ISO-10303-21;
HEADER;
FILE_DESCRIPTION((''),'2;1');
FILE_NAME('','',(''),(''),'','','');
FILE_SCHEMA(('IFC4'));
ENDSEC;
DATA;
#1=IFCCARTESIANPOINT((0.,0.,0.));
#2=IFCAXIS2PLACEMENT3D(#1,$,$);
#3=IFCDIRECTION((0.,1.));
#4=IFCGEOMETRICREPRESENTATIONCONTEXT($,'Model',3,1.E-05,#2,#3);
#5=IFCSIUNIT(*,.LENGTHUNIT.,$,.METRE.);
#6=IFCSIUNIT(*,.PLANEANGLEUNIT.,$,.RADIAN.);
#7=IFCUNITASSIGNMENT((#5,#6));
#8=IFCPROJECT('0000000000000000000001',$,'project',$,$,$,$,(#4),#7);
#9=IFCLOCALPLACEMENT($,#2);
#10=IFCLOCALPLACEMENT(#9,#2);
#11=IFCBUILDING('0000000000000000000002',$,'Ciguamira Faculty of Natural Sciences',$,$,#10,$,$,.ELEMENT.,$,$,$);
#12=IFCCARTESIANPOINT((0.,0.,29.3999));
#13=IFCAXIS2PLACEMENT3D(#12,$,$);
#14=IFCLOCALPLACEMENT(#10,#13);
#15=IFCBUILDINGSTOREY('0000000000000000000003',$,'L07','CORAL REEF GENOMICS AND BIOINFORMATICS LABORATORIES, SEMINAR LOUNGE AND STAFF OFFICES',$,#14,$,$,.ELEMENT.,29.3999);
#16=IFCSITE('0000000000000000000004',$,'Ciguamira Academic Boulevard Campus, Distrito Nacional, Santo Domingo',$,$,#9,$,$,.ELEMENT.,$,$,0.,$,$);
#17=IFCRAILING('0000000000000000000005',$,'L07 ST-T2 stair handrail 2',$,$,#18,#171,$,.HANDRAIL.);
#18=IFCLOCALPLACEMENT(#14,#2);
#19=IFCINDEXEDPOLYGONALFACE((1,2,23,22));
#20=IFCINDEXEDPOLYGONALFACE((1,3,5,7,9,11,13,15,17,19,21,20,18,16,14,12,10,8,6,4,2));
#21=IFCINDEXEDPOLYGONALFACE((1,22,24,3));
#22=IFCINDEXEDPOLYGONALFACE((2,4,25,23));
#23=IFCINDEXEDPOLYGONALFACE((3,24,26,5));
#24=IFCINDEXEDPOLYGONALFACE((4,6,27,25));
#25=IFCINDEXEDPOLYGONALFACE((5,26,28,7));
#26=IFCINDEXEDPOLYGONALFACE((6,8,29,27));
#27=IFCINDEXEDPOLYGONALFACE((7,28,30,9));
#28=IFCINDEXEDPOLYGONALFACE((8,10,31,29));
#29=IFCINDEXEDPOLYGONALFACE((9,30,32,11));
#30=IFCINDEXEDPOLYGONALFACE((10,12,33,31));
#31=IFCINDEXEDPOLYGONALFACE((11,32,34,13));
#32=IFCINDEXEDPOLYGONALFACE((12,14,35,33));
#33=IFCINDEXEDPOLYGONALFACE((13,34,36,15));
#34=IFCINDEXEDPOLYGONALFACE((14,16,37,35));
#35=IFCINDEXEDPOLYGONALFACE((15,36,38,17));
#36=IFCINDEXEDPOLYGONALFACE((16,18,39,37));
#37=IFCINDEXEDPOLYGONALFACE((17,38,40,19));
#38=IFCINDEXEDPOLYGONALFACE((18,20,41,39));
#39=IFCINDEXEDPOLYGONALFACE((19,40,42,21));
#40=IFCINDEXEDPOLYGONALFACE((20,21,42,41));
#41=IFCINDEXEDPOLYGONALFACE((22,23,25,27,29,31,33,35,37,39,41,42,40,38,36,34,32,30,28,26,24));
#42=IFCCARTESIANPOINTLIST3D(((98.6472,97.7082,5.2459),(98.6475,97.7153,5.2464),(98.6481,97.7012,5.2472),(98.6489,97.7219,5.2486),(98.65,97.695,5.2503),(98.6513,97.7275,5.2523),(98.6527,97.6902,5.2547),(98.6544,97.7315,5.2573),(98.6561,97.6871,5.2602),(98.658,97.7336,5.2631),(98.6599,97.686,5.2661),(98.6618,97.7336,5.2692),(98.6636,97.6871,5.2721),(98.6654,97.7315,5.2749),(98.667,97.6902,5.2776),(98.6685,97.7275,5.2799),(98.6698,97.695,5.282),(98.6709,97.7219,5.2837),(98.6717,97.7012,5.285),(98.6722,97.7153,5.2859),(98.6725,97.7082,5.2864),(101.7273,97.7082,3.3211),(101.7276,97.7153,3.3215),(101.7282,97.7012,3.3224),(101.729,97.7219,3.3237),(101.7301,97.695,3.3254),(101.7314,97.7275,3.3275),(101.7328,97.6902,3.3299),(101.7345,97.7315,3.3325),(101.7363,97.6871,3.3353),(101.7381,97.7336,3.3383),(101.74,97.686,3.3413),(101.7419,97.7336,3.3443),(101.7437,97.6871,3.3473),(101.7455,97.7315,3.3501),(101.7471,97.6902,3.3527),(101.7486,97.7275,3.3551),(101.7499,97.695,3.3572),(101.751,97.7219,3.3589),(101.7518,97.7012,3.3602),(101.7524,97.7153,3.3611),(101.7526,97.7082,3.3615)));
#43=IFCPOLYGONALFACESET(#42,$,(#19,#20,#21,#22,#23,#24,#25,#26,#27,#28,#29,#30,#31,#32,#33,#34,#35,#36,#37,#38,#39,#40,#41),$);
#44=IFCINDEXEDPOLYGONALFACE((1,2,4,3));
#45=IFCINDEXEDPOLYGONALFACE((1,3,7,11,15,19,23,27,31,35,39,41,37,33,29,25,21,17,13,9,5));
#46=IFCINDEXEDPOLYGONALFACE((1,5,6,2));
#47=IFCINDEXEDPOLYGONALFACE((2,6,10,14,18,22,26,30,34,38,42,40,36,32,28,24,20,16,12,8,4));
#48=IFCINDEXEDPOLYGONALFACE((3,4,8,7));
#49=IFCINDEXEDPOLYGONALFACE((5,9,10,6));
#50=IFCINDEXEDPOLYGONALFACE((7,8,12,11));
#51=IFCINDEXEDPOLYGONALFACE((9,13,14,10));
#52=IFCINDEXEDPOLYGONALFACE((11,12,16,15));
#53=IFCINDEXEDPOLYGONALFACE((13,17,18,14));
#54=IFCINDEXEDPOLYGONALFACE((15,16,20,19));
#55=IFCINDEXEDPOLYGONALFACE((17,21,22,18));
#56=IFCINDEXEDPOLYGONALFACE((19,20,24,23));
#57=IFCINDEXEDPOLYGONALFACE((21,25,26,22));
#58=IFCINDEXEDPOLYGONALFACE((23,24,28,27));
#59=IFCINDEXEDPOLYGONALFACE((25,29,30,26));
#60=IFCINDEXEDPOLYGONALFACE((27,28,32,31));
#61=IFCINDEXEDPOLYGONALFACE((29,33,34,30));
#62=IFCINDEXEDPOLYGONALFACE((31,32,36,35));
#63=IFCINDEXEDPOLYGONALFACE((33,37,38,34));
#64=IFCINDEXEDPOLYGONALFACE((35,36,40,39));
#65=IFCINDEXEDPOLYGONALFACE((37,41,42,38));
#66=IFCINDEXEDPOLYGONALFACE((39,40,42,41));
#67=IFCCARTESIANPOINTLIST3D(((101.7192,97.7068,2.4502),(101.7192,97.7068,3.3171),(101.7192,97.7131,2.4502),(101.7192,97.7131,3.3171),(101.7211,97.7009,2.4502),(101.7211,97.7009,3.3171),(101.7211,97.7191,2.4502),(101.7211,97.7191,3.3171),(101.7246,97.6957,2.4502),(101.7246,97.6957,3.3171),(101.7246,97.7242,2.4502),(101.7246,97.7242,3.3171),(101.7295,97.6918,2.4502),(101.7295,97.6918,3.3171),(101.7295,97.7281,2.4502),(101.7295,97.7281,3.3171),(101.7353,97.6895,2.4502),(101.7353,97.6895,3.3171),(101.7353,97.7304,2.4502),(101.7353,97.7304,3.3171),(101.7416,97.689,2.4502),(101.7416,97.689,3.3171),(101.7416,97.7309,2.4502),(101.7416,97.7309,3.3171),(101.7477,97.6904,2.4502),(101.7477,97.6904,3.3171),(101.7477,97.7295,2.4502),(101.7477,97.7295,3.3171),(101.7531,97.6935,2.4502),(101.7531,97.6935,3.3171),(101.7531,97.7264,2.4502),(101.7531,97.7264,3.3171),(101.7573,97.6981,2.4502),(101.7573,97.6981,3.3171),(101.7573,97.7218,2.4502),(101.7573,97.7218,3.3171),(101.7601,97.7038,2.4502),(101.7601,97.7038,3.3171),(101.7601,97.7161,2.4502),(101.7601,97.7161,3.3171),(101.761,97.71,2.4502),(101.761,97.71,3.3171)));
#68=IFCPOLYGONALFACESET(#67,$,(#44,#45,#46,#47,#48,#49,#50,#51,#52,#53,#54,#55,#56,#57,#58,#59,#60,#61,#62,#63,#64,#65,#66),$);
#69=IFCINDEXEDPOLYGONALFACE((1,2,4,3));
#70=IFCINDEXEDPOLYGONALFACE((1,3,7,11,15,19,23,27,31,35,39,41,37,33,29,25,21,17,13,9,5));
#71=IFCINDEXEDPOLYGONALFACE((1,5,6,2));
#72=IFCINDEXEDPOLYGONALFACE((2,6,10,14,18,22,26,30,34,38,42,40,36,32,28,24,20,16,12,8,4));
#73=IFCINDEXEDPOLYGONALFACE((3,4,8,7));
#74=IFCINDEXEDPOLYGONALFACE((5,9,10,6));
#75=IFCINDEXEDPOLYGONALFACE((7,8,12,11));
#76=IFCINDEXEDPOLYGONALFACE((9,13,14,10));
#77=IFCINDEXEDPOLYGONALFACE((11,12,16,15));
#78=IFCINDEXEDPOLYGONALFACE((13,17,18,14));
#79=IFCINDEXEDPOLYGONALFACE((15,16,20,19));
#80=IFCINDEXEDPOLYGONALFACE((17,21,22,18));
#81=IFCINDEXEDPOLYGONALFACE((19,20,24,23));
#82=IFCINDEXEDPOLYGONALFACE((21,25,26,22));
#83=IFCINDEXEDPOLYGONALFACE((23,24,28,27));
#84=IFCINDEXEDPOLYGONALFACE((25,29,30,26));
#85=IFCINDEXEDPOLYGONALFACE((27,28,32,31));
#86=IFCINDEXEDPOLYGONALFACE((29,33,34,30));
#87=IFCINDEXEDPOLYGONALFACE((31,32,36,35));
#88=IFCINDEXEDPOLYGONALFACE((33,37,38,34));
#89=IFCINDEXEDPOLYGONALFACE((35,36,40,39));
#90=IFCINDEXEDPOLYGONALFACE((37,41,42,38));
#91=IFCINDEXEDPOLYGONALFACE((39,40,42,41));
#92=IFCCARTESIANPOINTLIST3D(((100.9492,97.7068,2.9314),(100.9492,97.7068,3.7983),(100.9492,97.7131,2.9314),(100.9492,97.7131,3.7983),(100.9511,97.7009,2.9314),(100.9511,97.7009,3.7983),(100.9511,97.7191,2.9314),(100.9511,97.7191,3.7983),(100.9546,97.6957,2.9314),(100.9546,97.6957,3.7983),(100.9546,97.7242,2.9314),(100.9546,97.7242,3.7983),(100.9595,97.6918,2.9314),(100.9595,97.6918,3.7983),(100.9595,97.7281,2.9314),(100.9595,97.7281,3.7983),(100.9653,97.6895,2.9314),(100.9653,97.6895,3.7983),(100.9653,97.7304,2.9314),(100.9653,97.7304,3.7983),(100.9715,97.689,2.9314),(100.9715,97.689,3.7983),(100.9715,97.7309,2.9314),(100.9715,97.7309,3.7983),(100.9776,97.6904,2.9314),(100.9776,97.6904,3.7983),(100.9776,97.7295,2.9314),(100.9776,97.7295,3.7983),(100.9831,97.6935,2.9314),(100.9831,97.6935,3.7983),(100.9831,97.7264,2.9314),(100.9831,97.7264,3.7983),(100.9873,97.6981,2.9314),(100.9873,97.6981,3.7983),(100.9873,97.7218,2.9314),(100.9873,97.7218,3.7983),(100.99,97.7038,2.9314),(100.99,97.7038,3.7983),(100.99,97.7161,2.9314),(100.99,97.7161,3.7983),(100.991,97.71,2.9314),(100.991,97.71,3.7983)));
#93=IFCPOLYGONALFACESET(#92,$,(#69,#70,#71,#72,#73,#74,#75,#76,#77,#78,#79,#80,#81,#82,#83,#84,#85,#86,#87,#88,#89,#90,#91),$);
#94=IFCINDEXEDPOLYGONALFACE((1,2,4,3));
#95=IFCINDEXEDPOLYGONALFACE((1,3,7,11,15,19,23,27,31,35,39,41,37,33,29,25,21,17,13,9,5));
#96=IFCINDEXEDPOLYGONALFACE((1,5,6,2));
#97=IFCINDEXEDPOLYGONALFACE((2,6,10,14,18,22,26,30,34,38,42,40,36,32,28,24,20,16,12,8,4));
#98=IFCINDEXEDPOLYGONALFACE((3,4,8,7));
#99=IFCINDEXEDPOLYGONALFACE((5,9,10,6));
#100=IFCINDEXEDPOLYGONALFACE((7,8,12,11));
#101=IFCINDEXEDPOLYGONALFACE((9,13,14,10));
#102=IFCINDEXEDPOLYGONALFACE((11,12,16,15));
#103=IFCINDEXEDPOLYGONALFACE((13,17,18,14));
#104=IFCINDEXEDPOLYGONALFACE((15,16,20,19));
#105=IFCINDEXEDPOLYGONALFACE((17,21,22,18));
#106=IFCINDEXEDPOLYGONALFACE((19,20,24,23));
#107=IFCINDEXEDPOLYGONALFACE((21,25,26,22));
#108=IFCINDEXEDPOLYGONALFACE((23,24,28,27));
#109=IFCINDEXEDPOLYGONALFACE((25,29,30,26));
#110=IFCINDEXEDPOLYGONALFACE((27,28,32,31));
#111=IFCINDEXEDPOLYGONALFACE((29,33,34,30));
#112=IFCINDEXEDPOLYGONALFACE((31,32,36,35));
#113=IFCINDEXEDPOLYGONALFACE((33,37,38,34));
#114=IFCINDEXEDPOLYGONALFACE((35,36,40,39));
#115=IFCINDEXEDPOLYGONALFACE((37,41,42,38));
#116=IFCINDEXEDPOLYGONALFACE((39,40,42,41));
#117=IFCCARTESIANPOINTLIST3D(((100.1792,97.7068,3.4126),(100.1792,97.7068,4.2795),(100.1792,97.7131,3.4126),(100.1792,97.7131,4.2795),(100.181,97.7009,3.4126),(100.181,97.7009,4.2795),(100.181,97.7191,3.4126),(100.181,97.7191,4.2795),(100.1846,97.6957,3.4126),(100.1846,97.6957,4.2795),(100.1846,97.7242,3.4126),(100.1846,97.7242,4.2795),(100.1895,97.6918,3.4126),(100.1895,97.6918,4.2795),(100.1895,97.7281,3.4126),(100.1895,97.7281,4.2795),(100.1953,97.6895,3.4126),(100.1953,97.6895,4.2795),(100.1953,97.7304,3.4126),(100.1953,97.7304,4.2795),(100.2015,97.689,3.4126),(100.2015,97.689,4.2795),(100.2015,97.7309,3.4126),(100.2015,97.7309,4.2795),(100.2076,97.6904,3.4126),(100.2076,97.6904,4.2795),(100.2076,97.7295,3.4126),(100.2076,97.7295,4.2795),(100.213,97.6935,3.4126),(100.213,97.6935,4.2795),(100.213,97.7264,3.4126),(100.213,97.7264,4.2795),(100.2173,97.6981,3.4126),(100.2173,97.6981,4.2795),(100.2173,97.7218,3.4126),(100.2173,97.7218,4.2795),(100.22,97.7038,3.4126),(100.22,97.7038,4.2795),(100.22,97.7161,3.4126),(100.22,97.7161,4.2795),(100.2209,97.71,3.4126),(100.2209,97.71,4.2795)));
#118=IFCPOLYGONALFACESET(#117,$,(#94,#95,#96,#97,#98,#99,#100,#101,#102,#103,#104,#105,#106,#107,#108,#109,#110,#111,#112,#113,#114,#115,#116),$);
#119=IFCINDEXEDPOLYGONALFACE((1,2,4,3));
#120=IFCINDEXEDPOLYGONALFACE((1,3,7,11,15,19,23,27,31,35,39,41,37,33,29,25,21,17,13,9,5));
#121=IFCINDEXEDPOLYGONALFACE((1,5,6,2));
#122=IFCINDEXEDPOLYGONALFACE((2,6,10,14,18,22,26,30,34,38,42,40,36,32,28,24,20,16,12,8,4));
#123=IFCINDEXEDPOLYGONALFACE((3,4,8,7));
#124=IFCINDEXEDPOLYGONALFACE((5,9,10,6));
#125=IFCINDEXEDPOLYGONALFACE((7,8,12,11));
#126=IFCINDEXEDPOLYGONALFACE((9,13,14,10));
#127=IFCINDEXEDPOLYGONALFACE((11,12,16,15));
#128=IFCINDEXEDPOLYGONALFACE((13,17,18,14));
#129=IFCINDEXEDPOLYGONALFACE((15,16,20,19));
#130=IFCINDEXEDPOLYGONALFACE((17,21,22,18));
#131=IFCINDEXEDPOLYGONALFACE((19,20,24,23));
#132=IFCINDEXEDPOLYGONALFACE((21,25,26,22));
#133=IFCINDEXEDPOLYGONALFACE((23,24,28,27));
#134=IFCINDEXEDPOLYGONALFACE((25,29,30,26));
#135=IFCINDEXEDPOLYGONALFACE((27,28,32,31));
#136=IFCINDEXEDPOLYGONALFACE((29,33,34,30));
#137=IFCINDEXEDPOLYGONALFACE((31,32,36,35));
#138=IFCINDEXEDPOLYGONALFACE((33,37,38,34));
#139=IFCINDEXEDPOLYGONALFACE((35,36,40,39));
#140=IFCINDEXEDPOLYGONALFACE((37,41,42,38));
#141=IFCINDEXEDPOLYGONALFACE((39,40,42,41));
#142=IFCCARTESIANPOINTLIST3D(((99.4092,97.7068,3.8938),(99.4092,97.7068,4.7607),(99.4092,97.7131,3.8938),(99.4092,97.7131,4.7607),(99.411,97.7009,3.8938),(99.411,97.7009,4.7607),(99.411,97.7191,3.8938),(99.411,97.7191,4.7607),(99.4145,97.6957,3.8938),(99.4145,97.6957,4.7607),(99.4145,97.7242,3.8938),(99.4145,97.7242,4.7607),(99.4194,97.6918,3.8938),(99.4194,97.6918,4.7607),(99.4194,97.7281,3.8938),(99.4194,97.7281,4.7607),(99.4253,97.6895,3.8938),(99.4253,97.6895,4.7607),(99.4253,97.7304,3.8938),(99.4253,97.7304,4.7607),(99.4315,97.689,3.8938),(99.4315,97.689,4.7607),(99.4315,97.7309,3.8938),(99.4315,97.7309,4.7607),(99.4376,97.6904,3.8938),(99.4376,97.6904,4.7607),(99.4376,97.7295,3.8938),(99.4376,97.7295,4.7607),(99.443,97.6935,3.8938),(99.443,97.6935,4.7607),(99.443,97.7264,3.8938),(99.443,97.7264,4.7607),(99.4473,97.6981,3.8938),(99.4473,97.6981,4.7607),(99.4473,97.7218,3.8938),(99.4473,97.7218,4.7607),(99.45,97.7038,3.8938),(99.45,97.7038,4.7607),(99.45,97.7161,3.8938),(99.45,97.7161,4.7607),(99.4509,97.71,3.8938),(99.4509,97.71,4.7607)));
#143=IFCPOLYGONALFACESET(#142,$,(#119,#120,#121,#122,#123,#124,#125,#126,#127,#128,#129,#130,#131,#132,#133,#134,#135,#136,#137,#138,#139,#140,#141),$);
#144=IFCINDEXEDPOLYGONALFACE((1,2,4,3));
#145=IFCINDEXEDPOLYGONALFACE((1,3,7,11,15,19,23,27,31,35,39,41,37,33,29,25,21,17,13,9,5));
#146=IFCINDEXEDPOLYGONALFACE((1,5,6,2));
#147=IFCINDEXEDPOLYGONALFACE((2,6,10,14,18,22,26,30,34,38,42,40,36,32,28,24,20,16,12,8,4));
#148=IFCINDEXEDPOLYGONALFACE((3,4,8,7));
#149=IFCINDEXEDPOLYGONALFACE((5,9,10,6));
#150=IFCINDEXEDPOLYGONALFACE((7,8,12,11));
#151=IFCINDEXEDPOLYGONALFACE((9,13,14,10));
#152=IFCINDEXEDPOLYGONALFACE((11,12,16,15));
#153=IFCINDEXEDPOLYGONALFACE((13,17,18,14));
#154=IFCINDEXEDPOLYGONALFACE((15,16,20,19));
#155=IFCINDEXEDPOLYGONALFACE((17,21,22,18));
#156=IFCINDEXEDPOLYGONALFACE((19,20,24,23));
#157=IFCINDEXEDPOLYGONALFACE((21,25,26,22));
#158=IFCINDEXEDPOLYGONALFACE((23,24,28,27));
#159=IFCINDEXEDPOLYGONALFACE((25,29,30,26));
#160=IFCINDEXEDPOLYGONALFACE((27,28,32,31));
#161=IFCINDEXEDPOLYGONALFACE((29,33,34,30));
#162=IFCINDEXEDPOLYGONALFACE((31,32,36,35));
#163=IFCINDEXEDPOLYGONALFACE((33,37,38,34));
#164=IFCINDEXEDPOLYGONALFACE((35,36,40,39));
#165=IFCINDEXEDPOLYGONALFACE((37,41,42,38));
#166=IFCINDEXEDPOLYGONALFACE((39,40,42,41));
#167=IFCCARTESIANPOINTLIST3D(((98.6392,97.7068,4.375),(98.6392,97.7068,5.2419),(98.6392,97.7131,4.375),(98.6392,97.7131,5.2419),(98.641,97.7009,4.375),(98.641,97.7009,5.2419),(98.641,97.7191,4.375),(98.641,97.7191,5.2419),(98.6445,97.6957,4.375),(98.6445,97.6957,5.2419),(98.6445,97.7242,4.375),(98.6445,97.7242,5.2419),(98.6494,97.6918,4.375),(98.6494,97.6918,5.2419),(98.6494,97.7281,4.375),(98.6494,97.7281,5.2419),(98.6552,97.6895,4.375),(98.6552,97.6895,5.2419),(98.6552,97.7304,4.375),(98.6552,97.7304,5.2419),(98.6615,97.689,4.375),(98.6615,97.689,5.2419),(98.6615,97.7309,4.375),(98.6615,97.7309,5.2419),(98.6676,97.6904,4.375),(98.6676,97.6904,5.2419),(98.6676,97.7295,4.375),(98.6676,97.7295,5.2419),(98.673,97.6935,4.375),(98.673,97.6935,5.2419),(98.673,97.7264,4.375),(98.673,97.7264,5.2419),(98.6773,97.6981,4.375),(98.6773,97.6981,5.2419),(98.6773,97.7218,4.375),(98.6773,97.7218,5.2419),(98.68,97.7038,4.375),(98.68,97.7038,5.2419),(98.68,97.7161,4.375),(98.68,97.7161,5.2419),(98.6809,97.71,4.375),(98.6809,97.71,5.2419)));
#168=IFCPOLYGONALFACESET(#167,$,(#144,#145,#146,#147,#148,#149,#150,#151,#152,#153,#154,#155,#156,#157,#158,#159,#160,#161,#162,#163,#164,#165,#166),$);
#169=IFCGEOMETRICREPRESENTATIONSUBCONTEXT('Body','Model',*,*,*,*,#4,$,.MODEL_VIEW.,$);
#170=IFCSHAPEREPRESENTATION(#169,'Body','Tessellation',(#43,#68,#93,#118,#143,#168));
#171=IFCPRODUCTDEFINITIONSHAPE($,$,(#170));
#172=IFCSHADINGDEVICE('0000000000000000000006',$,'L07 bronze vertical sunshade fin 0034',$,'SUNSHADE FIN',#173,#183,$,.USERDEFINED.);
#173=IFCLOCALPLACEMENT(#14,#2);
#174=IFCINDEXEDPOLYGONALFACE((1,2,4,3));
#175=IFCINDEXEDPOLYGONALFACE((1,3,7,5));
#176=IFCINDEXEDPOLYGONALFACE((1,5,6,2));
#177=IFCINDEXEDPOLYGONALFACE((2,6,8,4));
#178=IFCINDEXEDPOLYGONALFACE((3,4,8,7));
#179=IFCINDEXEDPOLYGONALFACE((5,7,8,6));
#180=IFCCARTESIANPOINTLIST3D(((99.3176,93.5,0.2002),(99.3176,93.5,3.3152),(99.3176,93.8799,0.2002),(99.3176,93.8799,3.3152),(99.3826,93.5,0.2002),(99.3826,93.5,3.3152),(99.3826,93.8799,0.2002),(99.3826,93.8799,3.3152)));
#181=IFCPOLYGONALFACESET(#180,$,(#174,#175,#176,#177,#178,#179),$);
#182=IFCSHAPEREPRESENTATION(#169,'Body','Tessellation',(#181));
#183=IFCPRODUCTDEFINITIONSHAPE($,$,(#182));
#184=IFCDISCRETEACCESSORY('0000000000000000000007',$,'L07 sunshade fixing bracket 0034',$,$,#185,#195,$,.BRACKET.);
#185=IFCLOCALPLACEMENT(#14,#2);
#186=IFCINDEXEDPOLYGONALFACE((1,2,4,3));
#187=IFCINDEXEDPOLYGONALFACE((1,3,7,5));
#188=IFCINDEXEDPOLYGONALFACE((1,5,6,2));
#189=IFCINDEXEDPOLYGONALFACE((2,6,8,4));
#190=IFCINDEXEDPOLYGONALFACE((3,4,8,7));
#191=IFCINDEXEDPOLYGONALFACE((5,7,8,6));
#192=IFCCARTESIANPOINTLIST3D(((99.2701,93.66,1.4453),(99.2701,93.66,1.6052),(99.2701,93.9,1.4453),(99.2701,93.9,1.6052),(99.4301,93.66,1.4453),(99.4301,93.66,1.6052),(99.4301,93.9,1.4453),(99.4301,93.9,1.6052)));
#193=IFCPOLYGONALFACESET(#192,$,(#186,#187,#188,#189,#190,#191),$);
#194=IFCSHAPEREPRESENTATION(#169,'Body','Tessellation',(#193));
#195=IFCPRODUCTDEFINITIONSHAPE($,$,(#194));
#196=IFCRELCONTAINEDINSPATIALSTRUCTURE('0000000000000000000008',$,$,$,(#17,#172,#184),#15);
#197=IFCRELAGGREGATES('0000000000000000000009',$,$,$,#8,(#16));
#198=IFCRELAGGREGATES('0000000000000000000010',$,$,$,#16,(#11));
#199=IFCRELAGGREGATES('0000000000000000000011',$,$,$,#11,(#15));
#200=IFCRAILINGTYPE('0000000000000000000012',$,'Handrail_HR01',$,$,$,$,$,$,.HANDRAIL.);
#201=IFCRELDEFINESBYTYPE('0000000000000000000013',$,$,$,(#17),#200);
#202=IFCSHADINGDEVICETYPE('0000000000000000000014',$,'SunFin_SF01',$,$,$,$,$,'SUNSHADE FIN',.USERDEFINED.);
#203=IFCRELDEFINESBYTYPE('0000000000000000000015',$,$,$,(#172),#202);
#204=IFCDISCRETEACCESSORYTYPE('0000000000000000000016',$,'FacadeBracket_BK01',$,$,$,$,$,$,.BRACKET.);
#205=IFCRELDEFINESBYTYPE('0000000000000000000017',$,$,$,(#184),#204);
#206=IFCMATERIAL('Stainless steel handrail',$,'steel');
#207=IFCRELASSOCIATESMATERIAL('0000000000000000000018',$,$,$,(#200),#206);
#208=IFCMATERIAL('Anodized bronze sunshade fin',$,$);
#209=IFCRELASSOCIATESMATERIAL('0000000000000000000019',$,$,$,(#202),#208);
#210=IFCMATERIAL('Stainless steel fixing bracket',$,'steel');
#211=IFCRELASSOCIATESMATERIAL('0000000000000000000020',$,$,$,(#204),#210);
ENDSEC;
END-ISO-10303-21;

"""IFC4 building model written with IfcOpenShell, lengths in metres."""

from ifc_helpers import new_model, si_unit, direction, frame, origin, origin_2d, place, context, subcontext, project, spatial, rectangle, circle, extrude, material, material_profile, profile_set, type_object, element, save


model = new_model("IFC4")

# Units and contexts
model_context = context("Model", 3, precision=1e-05, world=origin(), true_north=direction((0.0, 1.0)))
body_context = subcontext(model_context, "Body", "Model", "MODEL_VIEW")
ifc_project = project(units=[si_unit("LENGTHUNIT", "METRE"), si_unit("PLANEANGLEUNIT", "RADIAN")], contexts=[model_context])

# Site, building, storey
site_placement = place(None, origin())
site = spatial("IfcSite", under=ifc_project, at=site_placement, Name="Ciguamira Academic Boulevard Campus, Distrito Nacional, Santo Domingo", CompositionType="ELEMENT", RefElevation=0.0)
building_placement = place(site_placement, origin())
building = spatial("IfcBuilding", under=site, at=building_placement, Name="Ciguamira Faculty of Natural Sciences", CompositionType="ELEMENT")
storey_placement = place(building_placement, frame((0.0, 0.0, 29.3999)))
storey = spatial("IfcBuildingStorey", under=building, at=storey_placement, Name="L07", Description="CORAL REEF GENOMICS AND BIOINFORMATICS LABORATORIES, SEMINAR LOUNGE AND STAFF OFFICES", CompositionType="ELEMENT", Elevation=29.3999)

# Railing
ifc_material_1 = material(Name="Stainless steel handrail", Category="steel")
railing_type_1 = type_object("IfcRailingType", Name="Handrail_HR01", PredefinedType="HANDRAIL", material=ifc_material_1)
railing_1_placement = place(storey_placement, frame((101.74, 97.71, 2.4502)))
element("IfcRailing", 1, at=railing_1_placement, inside=storey, type_object=railing_type_1, Name="L07 ST-T2 stair handrail 2", PredefinedType="HANDRAIL", context=body_context, shape_type="SweptSolid", body=[
    extrude(circle(Radius=0.0239, at=origin_2d()), frame((0.0, 0.0, 0.8911), z_axis=(-0.848029, 0.0, 0.529951), x_axis=(0.0, -1.0, 0.0)), (0.0, 0.0, 1.0), 3.6321),
    extrude(circle(Radius=0.021, at=origin_2d()), origin(), (0.0, 0.0, 1.0), 0.8669),
    extrude(circle(Radius=0.021, at=origin_2d()), frame((-0.77, 0.0, 0.4812)), (0.0, 0.0, 1.0), 0.8669),
    extrude(circle(Radius=0.021, at=origin_2d()), frame((-1.54, 0.0, 0.9624)), (0.0, 0.0, 1.0), 0.8669),
    extrude(circle(Radius=0.021, at=origin_2d()), frame((-2.3101, 0.0, 1.4436)), (0.0, 0.0, 1.0), 0.8669),
    extrude(circle(Radius=0.021, at=origin_2d()), frame((-3.0801, 0.0, 1.9248)), (0.0, 0.0, 1.0), 0.8669),
])

# Shading device
ifc_material_2 = material(Name="Anodized bronze sunshade fin")
ifc_material_profile_1 = material_profile(ifc_material_2, rectangle(XDim=0.0649, YDim=0.3799, at=origin_2d()), Name="BRZ-FIN-65X380")
ifc_profile_set_1 = profile_set([ifc_material_profile_1], Name="Anodized bronze sunshade fin")
shading_device_type = type_object("IfcShadingDeviceType", Name="SunFin_SF01", ElementType="SUNSHADE FIN", PredefinedType="USERDEFINED", material=ifc_profile_set_1)
shading_device_placement = place(storey_placement, frame((99.3501, 93.6899, 0.2002), z_axis=(0.0, 0.0, 1.0), x_axis=(1.0, 0.0, 0.0)))
element("IfcShadingDevice", 2, at=shading_device_placement, inside=storey, type_object=shading_device_type, Name="L07 bronze vertical sunshade fin 0034", ObjectType="SUNSHADE FIN", PredefinedType="USERDEFINED", context=body_context, shape_type="SweptSolid", body=[
    extrude(rectangle(XDim=0.0649, YDim=0.3799, at=origin_2d()), origin(), (0.0, 0.0, 1.0), 3.115),
])

# Discrete accessory
ifc_material_3 = material(Name="Stainless steel fixing bracket", Category="steel")
discrete_accessory_type = type_object("IfcDiscreteAccessoryType", Name="FacadeBracket_BK01", PredefinedType="BRACKET", material=ifc_material_3)
discrete_accessory_placement = place(storey_placement, frame((99.3501, 93.78, 1.4453), z_axis=(0.0, 0.0, 1.0), x_axis=(1.0, 0.0, 0.0)))
element("IfcDiscreteAccessory", 3, at=discrete_accessory_placement, inside=storey, type_object=discrete_accessory_type, Name="L07 sunshade fixing bracket 0034", PredefinedType="BRACKET", context=body_context, shape_type="SweptSolid", body=[
    extrude(rectangle(XDim=0.1599, YDim=0.24, at=origin_2d()), origin(), (0.0, 0.0, 1.0), 0.1599),
])

save(model, "model.ifc")
